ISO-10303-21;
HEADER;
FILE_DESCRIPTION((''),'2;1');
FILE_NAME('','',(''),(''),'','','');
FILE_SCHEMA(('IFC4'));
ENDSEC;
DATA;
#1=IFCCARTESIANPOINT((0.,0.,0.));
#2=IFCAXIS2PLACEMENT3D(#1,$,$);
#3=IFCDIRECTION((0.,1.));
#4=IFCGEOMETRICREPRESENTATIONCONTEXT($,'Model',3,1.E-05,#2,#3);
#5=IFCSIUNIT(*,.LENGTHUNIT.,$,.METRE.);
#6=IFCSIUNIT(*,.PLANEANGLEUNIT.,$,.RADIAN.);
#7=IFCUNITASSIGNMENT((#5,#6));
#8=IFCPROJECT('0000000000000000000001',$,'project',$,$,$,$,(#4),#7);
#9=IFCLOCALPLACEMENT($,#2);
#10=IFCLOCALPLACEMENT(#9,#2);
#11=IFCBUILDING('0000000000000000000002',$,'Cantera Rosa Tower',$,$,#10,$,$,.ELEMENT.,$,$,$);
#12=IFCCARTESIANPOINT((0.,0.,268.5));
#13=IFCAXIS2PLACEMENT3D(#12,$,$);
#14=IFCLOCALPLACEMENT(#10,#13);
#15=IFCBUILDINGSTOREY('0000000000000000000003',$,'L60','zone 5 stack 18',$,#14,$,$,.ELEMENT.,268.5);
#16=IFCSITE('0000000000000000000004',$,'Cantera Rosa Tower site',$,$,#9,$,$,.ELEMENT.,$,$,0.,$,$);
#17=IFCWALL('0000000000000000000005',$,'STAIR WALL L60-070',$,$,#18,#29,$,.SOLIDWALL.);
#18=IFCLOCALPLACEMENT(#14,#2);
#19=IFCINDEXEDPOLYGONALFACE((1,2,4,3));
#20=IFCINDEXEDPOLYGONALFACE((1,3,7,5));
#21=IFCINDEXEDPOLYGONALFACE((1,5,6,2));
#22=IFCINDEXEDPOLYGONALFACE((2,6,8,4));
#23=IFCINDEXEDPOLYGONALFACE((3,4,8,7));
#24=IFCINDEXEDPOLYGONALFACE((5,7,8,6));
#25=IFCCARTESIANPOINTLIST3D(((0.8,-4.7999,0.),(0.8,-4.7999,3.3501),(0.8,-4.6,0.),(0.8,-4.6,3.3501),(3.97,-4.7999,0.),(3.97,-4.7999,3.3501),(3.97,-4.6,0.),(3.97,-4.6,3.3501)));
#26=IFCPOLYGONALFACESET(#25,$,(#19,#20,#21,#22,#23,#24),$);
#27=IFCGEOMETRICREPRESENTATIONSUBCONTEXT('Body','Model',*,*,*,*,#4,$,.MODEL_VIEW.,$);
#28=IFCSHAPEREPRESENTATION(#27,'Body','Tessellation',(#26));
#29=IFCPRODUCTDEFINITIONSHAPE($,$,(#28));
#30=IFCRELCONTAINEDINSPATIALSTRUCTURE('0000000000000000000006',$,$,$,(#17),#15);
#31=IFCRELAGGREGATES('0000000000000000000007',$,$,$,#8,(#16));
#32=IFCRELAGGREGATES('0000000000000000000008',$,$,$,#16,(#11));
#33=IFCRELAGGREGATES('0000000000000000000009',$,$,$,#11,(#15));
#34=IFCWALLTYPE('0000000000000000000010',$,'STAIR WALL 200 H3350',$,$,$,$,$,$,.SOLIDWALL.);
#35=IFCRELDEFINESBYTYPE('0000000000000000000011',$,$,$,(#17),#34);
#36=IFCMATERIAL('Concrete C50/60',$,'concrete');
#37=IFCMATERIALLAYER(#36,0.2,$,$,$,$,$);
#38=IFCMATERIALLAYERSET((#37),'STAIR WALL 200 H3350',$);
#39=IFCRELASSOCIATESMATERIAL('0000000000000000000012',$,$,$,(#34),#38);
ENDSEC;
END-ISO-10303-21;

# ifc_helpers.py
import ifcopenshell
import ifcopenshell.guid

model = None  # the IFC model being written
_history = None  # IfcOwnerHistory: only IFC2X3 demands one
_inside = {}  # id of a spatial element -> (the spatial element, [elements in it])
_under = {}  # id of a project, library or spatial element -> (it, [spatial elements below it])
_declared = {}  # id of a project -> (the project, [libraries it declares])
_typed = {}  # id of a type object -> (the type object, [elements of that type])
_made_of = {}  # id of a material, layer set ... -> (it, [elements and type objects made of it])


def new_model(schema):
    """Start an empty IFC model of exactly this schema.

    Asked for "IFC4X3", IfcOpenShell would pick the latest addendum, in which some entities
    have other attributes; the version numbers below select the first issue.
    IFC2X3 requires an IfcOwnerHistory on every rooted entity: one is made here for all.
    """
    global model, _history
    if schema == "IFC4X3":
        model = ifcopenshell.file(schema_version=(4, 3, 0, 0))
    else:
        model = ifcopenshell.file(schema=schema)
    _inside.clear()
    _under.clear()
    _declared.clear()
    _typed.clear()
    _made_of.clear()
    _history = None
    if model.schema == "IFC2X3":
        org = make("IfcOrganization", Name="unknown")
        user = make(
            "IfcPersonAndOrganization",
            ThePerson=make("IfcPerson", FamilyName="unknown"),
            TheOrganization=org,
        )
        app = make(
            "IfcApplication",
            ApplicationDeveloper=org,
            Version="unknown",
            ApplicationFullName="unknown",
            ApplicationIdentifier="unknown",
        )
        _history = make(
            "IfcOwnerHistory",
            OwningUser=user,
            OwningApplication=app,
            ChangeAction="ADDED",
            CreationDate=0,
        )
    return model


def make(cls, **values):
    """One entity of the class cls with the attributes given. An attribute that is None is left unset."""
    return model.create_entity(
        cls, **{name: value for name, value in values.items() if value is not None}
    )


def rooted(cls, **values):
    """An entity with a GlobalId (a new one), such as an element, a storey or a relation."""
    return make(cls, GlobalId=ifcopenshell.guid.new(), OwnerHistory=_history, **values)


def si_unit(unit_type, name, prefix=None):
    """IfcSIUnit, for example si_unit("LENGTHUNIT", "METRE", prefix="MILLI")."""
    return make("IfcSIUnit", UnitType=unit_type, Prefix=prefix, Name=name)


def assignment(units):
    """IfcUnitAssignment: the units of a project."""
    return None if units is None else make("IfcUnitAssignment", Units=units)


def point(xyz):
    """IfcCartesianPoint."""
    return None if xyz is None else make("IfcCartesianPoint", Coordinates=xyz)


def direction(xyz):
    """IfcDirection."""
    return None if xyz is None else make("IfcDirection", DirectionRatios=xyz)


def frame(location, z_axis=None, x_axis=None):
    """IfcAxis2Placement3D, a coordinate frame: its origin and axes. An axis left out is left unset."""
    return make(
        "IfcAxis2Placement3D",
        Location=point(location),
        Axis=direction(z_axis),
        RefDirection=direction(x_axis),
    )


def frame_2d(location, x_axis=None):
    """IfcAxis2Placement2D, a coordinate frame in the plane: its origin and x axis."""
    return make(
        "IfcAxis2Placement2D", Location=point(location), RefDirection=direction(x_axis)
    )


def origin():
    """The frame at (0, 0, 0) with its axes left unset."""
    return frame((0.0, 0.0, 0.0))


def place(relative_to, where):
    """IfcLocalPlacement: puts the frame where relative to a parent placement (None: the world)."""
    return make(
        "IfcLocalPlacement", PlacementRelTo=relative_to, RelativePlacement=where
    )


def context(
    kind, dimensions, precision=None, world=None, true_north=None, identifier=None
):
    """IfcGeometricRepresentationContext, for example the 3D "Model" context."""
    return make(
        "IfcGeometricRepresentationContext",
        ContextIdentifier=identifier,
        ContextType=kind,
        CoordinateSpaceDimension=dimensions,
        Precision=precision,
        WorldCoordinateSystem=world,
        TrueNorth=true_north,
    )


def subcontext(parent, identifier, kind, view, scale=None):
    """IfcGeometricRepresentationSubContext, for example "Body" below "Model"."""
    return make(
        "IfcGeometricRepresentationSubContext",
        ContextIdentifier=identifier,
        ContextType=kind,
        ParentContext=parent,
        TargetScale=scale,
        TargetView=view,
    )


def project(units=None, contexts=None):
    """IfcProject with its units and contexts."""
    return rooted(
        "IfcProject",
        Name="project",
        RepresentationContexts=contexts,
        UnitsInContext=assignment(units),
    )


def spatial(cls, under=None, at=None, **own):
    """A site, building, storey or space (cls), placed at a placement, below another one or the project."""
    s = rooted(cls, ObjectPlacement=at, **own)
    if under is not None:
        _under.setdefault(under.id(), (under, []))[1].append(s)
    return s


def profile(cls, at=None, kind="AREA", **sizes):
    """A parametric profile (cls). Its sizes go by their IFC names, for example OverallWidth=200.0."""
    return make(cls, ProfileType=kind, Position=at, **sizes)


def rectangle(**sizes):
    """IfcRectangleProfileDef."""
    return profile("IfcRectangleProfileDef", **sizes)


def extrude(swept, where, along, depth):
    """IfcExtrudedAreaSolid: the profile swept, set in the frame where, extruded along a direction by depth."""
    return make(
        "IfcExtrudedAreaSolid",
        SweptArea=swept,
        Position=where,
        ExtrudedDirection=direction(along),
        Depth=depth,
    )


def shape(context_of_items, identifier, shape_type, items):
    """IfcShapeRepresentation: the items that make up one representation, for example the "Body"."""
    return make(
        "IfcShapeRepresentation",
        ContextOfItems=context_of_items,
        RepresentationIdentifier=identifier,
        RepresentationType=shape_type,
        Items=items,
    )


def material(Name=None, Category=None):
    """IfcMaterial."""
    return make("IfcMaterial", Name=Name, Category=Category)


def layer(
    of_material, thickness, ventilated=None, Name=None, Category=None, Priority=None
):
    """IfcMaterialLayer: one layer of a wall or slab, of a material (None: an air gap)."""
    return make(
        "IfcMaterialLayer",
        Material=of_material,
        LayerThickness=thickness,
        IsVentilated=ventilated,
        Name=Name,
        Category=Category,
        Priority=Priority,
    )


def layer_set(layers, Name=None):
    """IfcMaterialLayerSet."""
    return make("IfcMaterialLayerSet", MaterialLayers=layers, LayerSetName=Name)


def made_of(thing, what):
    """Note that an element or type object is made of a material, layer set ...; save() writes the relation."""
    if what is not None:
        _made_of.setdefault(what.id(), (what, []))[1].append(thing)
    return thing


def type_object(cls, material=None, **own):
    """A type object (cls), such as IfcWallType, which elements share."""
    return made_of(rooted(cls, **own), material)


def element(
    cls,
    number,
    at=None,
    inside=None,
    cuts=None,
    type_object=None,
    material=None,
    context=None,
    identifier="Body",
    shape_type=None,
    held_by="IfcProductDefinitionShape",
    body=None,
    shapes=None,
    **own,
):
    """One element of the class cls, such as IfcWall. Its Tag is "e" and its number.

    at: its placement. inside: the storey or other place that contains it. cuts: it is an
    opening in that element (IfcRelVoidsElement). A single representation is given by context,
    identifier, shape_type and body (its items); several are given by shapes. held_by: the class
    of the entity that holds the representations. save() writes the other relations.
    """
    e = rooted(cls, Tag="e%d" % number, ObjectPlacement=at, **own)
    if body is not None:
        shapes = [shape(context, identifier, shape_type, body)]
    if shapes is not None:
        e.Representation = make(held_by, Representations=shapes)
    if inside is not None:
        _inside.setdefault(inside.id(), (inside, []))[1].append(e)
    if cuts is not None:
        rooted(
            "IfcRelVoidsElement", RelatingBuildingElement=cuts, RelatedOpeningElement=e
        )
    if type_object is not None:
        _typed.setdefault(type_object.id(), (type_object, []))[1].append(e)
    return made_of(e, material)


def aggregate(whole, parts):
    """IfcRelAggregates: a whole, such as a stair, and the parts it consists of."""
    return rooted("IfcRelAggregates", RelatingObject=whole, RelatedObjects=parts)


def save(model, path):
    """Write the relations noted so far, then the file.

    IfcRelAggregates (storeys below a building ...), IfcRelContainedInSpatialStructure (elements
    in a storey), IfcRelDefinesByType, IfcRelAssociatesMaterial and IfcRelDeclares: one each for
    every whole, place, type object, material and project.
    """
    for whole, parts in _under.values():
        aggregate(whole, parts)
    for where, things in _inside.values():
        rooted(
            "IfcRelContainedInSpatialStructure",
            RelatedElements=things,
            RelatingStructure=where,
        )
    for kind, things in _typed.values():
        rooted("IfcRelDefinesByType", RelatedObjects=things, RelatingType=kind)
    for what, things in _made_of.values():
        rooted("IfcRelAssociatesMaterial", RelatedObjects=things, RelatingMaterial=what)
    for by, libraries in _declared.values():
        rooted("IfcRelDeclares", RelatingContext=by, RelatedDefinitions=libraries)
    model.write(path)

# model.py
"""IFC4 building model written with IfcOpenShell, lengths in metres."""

from ifc_helpers import new_model, si_unit, direction, frame, frame_2d, origin, place, context, subcontext, project, spatial, rectangle, extrude, material, layer, layer_set, type_object, element, save


model = new_model("IFC4")

# Units and contexts
model_context = context("Model", 3, precision=1e-05, world=origin(), true_north=direction((0.0, 1.0)))
body_context = subcontext(model_context, "Body", "Model", "MODEL_VIEW")
ifc_project = project(units=[si_unit("LENGTHUNIT", "METRE"), si_unit("PLANEANGLEUNIT", "RADIAN")], contexts=[model_context])

# Site, building, storey
site_placement = place(None, origin())
site = spatial("IfcSite", under=ifc_project, at=site_placement, Name="Cantera Rosa Tower site", CompositionType="ELEMENT", RefElevation=0.0)
building_placement = place(site_placement, origin())
building = spatial("IfcBuilding", under=site, at=building_placement, Name="Cantera Rosa Tower", CompositionType="ELEMENT")
storey_placement = place(building_placement, frame((0.0, 0.0, 268.5)))
storey = spatial("IfcBuildingStorey", under=building, at=storey_placement, Name="L60", Description="zone 5 stack 18", CompositionType="ELEMENT", Elevation=268.5)

# Shared definitions
ifc_material_1 = material(Name="Concrete C50/60", Category="concrete")
ifc_layer_1 = layer(ifc_material_1, 0.2)
ifc_layer_set_1 = layer_set([ifc_layer_1], Name="STAIR WALL 200 H3350")
wall_type_1 = type_object("IfcWallType", Name="STAIR WALL 200 H3350", PredefinedType="SOLIDWALL", material=ifc_layer_set_1)

# Wall
wall_1_placement = place(storey_placement, frame((3.97, -4.7, 0.0), z_axis=(0.0, 0.0, 1.0), x_axis=(-1.0, 0.0, 0.0)))
element("IfcWall", 1, at=wall_1_placement, inside=storey, type_object=wall_type_1, Name="STAIR WALL L60-070", PredefinedType="SOLIDWALL", context=body_context, shape_type="SweptSolid", body=[
    extrude(rectangle(XDim=3.1699, YDim=0.2, at=frame_2d((1.585, 0.0))), origin(), (0.0, 0.0, 1.0), 3.3501),
])

save(model, "model.ifc")
